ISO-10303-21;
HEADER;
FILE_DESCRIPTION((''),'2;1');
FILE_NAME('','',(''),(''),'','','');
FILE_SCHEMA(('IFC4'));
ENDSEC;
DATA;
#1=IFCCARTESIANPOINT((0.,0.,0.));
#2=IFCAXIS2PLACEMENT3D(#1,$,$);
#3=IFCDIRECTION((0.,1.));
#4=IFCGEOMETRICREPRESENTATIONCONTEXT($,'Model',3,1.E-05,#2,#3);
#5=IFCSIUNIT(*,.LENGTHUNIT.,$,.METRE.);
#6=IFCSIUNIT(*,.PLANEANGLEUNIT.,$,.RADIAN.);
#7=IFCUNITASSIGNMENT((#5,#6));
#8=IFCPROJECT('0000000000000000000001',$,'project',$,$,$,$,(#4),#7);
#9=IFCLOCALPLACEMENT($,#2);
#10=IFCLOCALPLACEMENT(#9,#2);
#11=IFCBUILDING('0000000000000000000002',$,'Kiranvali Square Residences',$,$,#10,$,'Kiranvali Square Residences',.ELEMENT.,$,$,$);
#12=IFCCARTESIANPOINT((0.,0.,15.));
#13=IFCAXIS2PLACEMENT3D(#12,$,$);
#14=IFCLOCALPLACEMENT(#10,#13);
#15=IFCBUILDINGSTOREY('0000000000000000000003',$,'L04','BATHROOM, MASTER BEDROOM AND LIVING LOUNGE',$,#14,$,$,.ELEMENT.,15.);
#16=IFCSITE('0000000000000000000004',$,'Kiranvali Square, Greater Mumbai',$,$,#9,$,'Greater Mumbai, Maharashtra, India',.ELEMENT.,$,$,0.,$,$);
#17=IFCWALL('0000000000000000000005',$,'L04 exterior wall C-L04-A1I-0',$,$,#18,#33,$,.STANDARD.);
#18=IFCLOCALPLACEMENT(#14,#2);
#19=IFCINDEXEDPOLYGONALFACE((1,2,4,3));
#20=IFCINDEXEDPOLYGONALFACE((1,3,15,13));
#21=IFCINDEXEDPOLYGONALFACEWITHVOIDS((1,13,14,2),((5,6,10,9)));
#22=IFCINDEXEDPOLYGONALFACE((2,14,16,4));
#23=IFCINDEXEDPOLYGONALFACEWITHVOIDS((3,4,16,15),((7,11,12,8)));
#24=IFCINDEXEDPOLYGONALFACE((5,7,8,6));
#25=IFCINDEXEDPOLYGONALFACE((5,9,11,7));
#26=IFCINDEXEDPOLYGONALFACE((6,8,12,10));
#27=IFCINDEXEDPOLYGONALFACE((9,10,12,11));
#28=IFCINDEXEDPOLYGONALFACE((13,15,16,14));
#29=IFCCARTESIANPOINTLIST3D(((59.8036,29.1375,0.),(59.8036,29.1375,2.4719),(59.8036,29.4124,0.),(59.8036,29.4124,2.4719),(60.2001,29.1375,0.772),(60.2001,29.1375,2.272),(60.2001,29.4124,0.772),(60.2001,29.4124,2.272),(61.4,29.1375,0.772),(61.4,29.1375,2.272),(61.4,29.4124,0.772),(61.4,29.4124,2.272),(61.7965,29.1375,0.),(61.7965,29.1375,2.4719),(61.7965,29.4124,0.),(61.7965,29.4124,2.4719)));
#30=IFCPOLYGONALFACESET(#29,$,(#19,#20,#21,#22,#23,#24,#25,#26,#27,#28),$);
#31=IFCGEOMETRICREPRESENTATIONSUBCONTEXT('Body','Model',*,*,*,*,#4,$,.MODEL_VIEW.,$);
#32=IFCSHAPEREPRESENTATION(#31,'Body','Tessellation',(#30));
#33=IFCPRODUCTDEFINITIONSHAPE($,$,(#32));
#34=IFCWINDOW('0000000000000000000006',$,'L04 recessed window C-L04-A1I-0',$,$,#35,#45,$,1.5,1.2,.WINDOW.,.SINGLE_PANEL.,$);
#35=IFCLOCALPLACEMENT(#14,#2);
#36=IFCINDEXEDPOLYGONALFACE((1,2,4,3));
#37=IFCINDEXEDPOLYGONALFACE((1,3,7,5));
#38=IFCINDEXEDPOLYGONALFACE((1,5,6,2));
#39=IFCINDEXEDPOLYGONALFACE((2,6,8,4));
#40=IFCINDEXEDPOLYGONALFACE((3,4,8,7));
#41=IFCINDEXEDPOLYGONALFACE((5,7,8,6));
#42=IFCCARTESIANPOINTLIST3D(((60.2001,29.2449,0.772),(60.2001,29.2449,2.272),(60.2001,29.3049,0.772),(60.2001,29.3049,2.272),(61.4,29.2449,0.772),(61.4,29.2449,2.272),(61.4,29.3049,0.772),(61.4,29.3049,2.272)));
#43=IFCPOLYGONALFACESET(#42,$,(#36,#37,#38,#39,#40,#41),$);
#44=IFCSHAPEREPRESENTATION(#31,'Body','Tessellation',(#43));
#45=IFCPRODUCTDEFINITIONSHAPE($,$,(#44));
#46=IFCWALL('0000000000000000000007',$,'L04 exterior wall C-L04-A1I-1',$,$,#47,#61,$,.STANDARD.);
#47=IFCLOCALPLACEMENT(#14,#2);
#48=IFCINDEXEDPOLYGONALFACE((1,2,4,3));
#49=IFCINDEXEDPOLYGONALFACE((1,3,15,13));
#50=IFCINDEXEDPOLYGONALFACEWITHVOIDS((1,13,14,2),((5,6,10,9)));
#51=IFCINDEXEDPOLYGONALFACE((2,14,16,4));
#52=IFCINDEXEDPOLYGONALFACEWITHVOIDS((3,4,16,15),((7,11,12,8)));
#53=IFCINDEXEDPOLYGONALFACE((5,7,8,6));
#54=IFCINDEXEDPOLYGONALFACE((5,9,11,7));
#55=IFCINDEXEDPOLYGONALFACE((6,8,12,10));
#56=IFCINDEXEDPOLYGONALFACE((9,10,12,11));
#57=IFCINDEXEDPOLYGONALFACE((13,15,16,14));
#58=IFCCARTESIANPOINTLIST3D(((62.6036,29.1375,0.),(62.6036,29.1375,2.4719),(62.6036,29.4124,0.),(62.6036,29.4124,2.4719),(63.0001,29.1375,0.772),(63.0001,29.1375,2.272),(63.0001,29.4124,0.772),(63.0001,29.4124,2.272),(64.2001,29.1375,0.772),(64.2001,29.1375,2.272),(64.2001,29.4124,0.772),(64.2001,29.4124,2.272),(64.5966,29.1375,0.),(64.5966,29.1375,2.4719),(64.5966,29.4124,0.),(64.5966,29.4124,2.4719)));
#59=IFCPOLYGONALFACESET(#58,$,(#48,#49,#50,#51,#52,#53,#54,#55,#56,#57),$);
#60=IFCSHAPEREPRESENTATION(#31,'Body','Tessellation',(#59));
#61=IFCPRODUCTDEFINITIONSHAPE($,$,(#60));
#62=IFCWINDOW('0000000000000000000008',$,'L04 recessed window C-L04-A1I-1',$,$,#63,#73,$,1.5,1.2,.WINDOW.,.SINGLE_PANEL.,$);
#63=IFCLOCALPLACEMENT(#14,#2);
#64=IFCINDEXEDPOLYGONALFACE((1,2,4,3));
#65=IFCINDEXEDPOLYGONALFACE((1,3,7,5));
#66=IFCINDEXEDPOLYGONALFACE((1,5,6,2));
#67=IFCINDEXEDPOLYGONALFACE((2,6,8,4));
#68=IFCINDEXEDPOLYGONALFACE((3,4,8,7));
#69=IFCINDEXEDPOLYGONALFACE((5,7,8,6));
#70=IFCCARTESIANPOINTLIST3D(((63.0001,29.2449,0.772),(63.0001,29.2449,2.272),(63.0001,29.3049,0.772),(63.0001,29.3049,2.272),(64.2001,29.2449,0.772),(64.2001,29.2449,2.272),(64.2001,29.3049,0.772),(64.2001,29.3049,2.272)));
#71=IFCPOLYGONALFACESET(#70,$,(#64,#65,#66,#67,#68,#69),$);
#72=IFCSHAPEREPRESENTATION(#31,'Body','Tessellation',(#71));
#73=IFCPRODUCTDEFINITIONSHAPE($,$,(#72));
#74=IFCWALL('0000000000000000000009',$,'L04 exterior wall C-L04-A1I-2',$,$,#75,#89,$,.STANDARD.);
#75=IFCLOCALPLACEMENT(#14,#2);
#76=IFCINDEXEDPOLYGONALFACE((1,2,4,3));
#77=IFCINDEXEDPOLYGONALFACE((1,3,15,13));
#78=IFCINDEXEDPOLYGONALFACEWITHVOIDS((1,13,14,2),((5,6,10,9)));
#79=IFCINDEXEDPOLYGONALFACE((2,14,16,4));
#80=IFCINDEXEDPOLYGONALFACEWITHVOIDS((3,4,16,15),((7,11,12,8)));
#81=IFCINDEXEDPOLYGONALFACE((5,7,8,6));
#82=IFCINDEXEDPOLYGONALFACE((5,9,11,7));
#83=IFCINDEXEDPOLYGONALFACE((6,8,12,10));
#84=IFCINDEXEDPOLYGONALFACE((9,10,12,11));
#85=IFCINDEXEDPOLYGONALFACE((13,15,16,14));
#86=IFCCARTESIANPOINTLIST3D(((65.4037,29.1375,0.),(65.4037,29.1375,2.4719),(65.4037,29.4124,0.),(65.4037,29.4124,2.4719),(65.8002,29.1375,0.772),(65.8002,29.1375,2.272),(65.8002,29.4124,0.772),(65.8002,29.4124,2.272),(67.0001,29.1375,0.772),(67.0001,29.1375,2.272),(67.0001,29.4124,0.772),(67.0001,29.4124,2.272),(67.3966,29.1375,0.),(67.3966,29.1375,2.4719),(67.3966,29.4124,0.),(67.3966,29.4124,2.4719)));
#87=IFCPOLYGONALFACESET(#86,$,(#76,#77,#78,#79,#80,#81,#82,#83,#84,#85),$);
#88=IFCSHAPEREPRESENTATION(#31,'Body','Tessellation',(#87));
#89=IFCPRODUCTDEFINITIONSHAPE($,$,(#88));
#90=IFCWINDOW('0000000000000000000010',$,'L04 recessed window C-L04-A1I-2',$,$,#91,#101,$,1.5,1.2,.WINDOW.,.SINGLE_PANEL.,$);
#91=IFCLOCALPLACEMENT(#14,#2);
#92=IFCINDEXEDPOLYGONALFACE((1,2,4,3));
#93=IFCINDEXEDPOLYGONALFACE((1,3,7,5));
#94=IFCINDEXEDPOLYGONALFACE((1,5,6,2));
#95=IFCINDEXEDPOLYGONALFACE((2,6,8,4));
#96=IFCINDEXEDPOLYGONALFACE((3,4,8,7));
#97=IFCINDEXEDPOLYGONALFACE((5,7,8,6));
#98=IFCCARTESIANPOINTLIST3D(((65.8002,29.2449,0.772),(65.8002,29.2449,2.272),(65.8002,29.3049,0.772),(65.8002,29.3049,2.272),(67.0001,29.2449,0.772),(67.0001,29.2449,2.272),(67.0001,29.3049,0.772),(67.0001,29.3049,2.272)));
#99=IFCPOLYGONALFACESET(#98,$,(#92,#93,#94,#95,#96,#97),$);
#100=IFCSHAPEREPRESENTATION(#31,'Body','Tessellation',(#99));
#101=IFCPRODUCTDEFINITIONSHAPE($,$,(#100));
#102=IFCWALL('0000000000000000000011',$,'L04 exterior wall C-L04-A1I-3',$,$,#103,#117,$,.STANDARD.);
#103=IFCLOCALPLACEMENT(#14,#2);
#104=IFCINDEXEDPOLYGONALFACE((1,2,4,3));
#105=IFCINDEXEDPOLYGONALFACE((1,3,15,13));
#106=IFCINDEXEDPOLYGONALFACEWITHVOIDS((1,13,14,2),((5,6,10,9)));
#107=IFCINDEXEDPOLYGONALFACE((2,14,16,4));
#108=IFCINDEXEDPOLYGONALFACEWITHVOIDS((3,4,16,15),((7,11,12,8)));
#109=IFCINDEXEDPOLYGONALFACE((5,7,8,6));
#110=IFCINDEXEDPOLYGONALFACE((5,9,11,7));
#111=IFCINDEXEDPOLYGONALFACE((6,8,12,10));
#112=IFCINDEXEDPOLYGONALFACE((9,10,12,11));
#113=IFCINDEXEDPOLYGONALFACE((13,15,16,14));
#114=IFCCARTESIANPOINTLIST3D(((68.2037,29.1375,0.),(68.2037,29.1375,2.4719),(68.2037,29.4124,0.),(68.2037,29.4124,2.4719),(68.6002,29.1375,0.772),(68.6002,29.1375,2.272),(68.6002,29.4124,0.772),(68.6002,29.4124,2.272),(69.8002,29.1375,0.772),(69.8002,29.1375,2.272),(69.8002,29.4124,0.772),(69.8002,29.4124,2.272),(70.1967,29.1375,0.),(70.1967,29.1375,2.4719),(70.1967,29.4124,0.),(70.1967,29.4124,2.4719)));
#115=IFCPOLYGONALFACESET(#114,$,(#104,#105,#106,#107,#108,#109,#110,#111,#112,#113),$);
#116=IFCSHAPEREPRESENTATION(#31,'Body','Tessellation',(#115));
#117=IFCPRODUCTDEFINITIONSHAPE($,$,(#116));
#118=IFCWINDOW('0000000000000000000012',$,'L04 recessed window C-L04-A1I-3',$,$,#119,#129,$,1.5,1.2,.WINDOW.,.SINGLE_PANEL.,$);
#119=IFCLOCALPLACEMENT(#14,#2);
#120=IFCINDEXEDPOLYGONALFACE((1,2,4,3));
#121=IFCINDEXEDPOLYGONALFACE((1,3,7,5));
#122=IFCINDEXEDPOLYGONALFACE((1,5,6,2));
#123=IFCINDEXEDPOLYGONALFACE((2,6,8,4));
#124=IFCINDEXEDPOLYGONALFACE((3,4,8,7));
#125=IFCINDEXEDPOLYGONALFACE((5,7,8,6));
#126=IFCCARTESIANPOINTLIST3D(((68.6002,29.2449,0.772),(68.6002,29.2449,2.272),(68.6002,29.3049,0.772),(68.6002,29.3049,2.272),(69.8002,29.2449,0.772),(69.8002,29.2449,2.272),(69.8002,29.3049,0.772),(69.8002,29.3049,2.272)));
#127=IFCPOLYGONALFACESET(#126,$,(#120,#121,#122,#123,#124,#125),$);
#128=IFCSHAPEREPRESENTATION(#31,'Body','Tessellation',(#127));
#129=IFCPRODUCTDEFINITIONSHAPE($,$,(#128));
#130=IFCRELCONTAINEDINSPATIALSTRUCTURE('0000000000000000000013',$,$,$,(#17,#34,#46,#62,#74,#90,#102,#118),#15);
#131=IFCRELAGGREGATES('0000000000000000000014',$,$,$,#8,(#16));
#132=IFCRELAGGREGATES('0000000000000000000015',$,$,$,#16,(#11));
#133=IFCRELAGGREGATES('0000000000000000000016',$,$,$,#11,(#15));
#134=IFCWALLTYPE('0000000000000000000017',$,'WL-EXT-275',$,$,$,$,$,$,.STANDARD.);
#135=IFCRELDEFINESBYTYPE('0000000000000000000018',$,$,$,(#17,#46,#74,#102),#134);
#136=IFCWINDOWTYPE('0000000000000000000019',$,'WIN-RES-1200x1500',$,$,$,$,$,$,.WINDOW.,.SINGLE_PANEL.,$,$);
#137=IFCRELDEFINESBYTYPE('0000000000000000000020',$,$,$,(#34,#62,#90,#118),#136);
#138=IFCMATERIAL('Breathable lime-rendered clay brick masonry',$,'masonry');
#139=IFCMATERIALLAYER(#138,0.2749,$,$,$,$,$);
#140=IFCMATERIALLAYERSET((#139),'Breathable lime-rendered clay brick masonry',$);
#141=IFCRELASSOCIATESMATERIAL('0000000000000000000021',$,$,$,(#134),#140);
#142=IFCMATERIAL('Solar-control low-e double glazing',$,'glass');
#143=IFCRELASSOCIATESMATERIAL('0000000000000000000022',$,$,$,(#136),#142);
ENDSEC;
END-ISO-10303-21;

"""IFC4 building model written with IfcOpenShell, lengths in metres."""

from ifc_helpers import new_model, si_unit, direction, frame, frame_2d, origin, place, context, subcontext, project, spatial, rectangle, extrude, material, layer, layer_set, type_object, element, fill, save


model = new_model("IFC4")

# Units and contexts
model_context = context("Model", 3, precision=1e-05, world=origin(), true_north=direction((0.0, 1.0)))
body_context = subcontext(model_context, "Body", "Model", "MODEL_VIEW")
ifc_project = project(units=[si_unit("LENGTHUNIT", "METRE"), si_unit("PLANEANGLEUNIT", "RADIAN")], contexts=[model_context])

# Site, building, storey
site_placement = place(None, origin())
site = spatial("IfcSite", under=ifc_project, at=site_placement, Name="Kiranvali Square, Greater Mumbai", LongName="Greater Mumbai, Maharashtra, India", CompositionType="ELEMENT", RefElevation=0.0)
building_placement = place(site_placement, origin())
building = spatial("IfcBuilding", under=site, at=building_placement, Name="Kiranvali Square Residences", LongName="Kiranvali Square Residences", CompositionType="ELEMENT")
storey_placement = place(building_placement, frame((0.0, 0.0, 15.0)))
storey = spatial("IfcBuildingStorey", under=building, at=storey_placement, Name="L04", Description="BATHROOM, MASTER BEDROOM AND LIVING LOUNGE", CompositionType="ELEMENT", Elevation=15.0)

# Walls, openings, windows
ifc_material_1 = material(Name="Breathable lime-rendered clay brick masonry", Category="masonry")
ifc_layer_1 = layer(ifc_material_1, 0.2749)
ifc_layer_set_1 = layer_set([ifc_layer_1], Name="Breathable lime-rendered clay brick masonry")
wall_type = type_object("IfcWallType", Name="WL-EXT-275", PredefinedType="STANDARD", material=ifc_layer_set_1)
wall_1_placement = place(storey_placement, frame((59.8035, 29.2749, 0.0), z_axis=(0.0, 0.0, 1.0), x_axis=(1.0, 0.0, 0.0)))
wall_1 = element("IfcWall", 1, at=wall_1_placement, inside=storey, type_object=wall_type, Name="L04 exterior wall C-L04-A1I-0", PredefinedType="STANDARD", context=body_context, shape_type="SweptSolid", body=[
    extrude(rectangle(XDim=1.9929, YDim=0.2749, at=frame_2d((0.9966, 0.0))), origin(), (0.0, 0.0, 1.0), 2.4719),
])
opening_1_placement = place(wall_1_placement, frame((0.3965, 0.0, 0.772)))
opening_1 = element("IfcOpeningElement", 2, at=opening_1_placement, cuts=wall_1, PredefinedType="OPENING", context=body_context, shape_type="SweptSolid", body=[
    extrude(rectangle(XDim=1.2, YDim=1.5, at=frame_2d((0.6001, 0.75))), frame((0.0, 0.1475, 0.0), z_axis=(0.0, -1.0, 0.0), x_axis=(1.0, 0.0, 0.0)), (0.0, 0.0, 1.0), 0.2949),
])
ifc_material_2 = material(Name="Solar-control low-e double glazing", Category="glass")
window_type = type_object("IfcWindowType", Name="WIN-RES-1200x1500", PartitioningType="SINGLE_PANEL", PredefinedType="WINDOW", material=ifc_material_2)
window_1_placement = place(opening_1_placement, origin())
window_1 = element("IfcWindow", 3, at=window_1_placement, inside=storey, type_object=window_type, Name="L04 recessed window C-L04-A1I-0", OverallHeight=1.5, OverallWidth=1.2, PartitioningType="SINGLE_PANEL", PredefinedType="WINDOW", context=body_context, shape_type="SweptSolid", body=[
    extrude(rectangle(XDim=1.2, YDim=1.5, at=frame_2d((0.6001, 0.75))), frame((0.0, 0.03, 0.0), z_axis=(0.0, -1.0, 0.0), x_axis=(1.0, 0.0, 0.0)), (0.0, 0.0, 1.0), 0.0601),
])
fill(opening_1, window_1)
wall_2_placement = place(storey_placement, frame((62.6035, 29.2749, 0.0), z_axis=(0.0, 0.0, 1.0), x_axis=(1.0, 0.0, 0.0)))
wall_2 = element("IfcWall", 4, at=wall_2_placement, inside=storey, type_object=wall_type, Name="L04 exterior wall C-L04-A1I-1", PredefinedType="STANDARD", context=body_context, shape_type="SweptSolid", body=[
    extrude(rectangle(XDim=1.9929, YDim=0.2749, at=frame_2d((0.9966, 0.0))), origin(), (0.0, 0.0, 1.0), 2.4719),
])
opening_2_placement = place(wall_2_placement, frame((0.3965, 0.0, 0.772)))
opening_2 = element("IfcOpeningElement", 5, at=opening_2_placement, cuts=wall_2, PredefinedType="OPENING", context=body_context, shape_type="SweptSolid", body=[
    extrude(rectangle(XDim=1.2, YDim=1.5, at=frame_2d((0.6001, 0.75))), frame((0.0, 0.1475, 0.0), z_axis=(0.0, -1.0, 0.0), x_axis=(1.0, 0.0, 0.0)), (0.0, 0.0, 1.0), 0.2949),
])
window_2_placement = place(opening_2_placement, origin())
window_2 = element("IfcWindow", 6, at=window_2_placement, inside=storey, type_object=window_type, Name="L04 recessed window C-L04-A1I-1", OverallHeight=1.5, OverallWidth=1.2, PartitioningType="SINGLE_PANEL", PredefinedType="WINDOW", context=body_context, shape_type="SweptSolid", body=[
    extrude(rectangle(XDim=1.2, YDim=1.5, at=frame_2d((0.6001, 0.75))), frame((0.0, 0.03, 0.0), z_axis=(0.0, -1.0, 0.0), x_axis=(1.0, 0.0, 0.0)), (0.0, 0.0, 1.0), 0.0601),
])
fill(opening_2, window_2)
wall_3_placement = place(storey_placement, frame((65.4036, 29.2749, 0.0), z_axis=(0.0, 0.0, 1.0), x_axis=(1.0, 0.0, 0.0)))
wall_3 = element("IfcWall", 7, at=wall_3_placement, inside=storey, type_object=wall_type, Name="L04 exterior wall C-L04-A1I-2", PredefinedType="STANDARD", context=body_context, shape_type="SweptSolid", body=[
    extrude(rectangle(XDim=1.9929, YDim=0.2749, at=frame_2d((0.9966, 0.0))), origin(), (0.0, 0.0, 1.0), 2.4719),
])
opening_3_placement = place(wall_3_placement, frame((0.3965, 0.0, 0.772)))
opening_3 = element("IfcOpeningElement", 8, at=opening_3_placement, cuts=wall_3, PredefinedType="OPENING", context=body_context, shape_type="SweptSolid", body=[
    extrude(rectangle(XDim=1.2, YDim=1.5, at=frame_2d((0.6001, 0.75))), frame((0.0, 0.1475, 0.0), z_axis=(0.0, -1.0, 0.0), x_axis=(1.0, 0.0, 0.0)), (0.0, 0.0, 1.0), 0.2949),
])
window_3_placement = place(opening_3_placement, origin())
window_3 = element("IfcWindow", 9, at=window_3_placement, inside=storey, type_object=window_type, Name="L04 recessed window C-L04-A1I-2", OverallHeight=1.5, OverallWidth=1.2, PartitioningType="SINGLE_PANEL", PredefinedType="WINDOW", context=body_context, shape_type="SweptSolid", body=[
    extrude(rectangle(XDim=1.2, YDim=1.5, at=frame_2d((0.6001, 0.75))), frame((0.0, 0.03, 0.0), z_axis=(0.0, -1.0, 0.0), x_axis=(1.0, 0.0, 0.0)), (0.0, 0.0, 1.0), 0.0601),
])
fill(opening_3, window_3)
wall_4_placement = place(storey_placement, frame((68.2036, 29.2749, 0.0), z_axis=(0.0, 0.0, 1.0), x_axis=(1.0, 0.0, 0.0)))
wall_4 = element("IfcWall", 10, at=wall_4_placement, inside=storey, type_object=wall_type, Name="L04 exterior wall C-L04-A1I-3", PredefinedType="STANDARD", context=body_context, shape_type="SweptSolid", body=[
    extrude(rectangle(XDim=1.9929, YDim=0.2749, at=frame_2d((0.9966, 0.0))), origin(), (0.0, 0.0, 1.0), 2.4719),
])
opening_4_placement = place(wall_4_placement, frame((0.3965, 0.0, 0.772)))
opening_4 = element("IfcOpeningElement", 11, at=opening_4_placement, cuts=wall_4, PredefinedType="OPENING", context=body_context, shape_type="SweptSolid", body=[
    extrude(rectangle(XDim=1.2, YDim=1.5, at=frame_2d((0.6001, 0.75))), frame((0.0, 0.1475, 0.0), z_axis=(0.0, -1.0, 0.0), x_axis=(1.0, 0.0, 0.0)), (0.0, 0.0, 1.0), 0.2949),
])
window_4_placement = place(opening_4_placement, origin())
window_4 = element("IfcWindow", 12, at=window_4_placement, inside=storey, type_object=window_type, Name="L04 recessed window C-L04-A1I-3", OverallHeight=1.5, OverallWidth=1.2, PartitioningType="SINGLE_PANEL", PredefinedType="WINDOW", context=body_context, shape_type="SweptSolid", body=[
    extrude(rectangle(XDim=1.2, YDim=1.5, at=frame_2d((0.6001, 0.75))), frame((0.0, 0.03, 0.0), z_axis=(0.0, -1.0, 0.0), x_axis=(1.0, 0.0, 0.0)), (0.0, 0.0, 1.0), 0.0601),
])
fill(opening_4, window_4)

save(model, "model.ifc")
